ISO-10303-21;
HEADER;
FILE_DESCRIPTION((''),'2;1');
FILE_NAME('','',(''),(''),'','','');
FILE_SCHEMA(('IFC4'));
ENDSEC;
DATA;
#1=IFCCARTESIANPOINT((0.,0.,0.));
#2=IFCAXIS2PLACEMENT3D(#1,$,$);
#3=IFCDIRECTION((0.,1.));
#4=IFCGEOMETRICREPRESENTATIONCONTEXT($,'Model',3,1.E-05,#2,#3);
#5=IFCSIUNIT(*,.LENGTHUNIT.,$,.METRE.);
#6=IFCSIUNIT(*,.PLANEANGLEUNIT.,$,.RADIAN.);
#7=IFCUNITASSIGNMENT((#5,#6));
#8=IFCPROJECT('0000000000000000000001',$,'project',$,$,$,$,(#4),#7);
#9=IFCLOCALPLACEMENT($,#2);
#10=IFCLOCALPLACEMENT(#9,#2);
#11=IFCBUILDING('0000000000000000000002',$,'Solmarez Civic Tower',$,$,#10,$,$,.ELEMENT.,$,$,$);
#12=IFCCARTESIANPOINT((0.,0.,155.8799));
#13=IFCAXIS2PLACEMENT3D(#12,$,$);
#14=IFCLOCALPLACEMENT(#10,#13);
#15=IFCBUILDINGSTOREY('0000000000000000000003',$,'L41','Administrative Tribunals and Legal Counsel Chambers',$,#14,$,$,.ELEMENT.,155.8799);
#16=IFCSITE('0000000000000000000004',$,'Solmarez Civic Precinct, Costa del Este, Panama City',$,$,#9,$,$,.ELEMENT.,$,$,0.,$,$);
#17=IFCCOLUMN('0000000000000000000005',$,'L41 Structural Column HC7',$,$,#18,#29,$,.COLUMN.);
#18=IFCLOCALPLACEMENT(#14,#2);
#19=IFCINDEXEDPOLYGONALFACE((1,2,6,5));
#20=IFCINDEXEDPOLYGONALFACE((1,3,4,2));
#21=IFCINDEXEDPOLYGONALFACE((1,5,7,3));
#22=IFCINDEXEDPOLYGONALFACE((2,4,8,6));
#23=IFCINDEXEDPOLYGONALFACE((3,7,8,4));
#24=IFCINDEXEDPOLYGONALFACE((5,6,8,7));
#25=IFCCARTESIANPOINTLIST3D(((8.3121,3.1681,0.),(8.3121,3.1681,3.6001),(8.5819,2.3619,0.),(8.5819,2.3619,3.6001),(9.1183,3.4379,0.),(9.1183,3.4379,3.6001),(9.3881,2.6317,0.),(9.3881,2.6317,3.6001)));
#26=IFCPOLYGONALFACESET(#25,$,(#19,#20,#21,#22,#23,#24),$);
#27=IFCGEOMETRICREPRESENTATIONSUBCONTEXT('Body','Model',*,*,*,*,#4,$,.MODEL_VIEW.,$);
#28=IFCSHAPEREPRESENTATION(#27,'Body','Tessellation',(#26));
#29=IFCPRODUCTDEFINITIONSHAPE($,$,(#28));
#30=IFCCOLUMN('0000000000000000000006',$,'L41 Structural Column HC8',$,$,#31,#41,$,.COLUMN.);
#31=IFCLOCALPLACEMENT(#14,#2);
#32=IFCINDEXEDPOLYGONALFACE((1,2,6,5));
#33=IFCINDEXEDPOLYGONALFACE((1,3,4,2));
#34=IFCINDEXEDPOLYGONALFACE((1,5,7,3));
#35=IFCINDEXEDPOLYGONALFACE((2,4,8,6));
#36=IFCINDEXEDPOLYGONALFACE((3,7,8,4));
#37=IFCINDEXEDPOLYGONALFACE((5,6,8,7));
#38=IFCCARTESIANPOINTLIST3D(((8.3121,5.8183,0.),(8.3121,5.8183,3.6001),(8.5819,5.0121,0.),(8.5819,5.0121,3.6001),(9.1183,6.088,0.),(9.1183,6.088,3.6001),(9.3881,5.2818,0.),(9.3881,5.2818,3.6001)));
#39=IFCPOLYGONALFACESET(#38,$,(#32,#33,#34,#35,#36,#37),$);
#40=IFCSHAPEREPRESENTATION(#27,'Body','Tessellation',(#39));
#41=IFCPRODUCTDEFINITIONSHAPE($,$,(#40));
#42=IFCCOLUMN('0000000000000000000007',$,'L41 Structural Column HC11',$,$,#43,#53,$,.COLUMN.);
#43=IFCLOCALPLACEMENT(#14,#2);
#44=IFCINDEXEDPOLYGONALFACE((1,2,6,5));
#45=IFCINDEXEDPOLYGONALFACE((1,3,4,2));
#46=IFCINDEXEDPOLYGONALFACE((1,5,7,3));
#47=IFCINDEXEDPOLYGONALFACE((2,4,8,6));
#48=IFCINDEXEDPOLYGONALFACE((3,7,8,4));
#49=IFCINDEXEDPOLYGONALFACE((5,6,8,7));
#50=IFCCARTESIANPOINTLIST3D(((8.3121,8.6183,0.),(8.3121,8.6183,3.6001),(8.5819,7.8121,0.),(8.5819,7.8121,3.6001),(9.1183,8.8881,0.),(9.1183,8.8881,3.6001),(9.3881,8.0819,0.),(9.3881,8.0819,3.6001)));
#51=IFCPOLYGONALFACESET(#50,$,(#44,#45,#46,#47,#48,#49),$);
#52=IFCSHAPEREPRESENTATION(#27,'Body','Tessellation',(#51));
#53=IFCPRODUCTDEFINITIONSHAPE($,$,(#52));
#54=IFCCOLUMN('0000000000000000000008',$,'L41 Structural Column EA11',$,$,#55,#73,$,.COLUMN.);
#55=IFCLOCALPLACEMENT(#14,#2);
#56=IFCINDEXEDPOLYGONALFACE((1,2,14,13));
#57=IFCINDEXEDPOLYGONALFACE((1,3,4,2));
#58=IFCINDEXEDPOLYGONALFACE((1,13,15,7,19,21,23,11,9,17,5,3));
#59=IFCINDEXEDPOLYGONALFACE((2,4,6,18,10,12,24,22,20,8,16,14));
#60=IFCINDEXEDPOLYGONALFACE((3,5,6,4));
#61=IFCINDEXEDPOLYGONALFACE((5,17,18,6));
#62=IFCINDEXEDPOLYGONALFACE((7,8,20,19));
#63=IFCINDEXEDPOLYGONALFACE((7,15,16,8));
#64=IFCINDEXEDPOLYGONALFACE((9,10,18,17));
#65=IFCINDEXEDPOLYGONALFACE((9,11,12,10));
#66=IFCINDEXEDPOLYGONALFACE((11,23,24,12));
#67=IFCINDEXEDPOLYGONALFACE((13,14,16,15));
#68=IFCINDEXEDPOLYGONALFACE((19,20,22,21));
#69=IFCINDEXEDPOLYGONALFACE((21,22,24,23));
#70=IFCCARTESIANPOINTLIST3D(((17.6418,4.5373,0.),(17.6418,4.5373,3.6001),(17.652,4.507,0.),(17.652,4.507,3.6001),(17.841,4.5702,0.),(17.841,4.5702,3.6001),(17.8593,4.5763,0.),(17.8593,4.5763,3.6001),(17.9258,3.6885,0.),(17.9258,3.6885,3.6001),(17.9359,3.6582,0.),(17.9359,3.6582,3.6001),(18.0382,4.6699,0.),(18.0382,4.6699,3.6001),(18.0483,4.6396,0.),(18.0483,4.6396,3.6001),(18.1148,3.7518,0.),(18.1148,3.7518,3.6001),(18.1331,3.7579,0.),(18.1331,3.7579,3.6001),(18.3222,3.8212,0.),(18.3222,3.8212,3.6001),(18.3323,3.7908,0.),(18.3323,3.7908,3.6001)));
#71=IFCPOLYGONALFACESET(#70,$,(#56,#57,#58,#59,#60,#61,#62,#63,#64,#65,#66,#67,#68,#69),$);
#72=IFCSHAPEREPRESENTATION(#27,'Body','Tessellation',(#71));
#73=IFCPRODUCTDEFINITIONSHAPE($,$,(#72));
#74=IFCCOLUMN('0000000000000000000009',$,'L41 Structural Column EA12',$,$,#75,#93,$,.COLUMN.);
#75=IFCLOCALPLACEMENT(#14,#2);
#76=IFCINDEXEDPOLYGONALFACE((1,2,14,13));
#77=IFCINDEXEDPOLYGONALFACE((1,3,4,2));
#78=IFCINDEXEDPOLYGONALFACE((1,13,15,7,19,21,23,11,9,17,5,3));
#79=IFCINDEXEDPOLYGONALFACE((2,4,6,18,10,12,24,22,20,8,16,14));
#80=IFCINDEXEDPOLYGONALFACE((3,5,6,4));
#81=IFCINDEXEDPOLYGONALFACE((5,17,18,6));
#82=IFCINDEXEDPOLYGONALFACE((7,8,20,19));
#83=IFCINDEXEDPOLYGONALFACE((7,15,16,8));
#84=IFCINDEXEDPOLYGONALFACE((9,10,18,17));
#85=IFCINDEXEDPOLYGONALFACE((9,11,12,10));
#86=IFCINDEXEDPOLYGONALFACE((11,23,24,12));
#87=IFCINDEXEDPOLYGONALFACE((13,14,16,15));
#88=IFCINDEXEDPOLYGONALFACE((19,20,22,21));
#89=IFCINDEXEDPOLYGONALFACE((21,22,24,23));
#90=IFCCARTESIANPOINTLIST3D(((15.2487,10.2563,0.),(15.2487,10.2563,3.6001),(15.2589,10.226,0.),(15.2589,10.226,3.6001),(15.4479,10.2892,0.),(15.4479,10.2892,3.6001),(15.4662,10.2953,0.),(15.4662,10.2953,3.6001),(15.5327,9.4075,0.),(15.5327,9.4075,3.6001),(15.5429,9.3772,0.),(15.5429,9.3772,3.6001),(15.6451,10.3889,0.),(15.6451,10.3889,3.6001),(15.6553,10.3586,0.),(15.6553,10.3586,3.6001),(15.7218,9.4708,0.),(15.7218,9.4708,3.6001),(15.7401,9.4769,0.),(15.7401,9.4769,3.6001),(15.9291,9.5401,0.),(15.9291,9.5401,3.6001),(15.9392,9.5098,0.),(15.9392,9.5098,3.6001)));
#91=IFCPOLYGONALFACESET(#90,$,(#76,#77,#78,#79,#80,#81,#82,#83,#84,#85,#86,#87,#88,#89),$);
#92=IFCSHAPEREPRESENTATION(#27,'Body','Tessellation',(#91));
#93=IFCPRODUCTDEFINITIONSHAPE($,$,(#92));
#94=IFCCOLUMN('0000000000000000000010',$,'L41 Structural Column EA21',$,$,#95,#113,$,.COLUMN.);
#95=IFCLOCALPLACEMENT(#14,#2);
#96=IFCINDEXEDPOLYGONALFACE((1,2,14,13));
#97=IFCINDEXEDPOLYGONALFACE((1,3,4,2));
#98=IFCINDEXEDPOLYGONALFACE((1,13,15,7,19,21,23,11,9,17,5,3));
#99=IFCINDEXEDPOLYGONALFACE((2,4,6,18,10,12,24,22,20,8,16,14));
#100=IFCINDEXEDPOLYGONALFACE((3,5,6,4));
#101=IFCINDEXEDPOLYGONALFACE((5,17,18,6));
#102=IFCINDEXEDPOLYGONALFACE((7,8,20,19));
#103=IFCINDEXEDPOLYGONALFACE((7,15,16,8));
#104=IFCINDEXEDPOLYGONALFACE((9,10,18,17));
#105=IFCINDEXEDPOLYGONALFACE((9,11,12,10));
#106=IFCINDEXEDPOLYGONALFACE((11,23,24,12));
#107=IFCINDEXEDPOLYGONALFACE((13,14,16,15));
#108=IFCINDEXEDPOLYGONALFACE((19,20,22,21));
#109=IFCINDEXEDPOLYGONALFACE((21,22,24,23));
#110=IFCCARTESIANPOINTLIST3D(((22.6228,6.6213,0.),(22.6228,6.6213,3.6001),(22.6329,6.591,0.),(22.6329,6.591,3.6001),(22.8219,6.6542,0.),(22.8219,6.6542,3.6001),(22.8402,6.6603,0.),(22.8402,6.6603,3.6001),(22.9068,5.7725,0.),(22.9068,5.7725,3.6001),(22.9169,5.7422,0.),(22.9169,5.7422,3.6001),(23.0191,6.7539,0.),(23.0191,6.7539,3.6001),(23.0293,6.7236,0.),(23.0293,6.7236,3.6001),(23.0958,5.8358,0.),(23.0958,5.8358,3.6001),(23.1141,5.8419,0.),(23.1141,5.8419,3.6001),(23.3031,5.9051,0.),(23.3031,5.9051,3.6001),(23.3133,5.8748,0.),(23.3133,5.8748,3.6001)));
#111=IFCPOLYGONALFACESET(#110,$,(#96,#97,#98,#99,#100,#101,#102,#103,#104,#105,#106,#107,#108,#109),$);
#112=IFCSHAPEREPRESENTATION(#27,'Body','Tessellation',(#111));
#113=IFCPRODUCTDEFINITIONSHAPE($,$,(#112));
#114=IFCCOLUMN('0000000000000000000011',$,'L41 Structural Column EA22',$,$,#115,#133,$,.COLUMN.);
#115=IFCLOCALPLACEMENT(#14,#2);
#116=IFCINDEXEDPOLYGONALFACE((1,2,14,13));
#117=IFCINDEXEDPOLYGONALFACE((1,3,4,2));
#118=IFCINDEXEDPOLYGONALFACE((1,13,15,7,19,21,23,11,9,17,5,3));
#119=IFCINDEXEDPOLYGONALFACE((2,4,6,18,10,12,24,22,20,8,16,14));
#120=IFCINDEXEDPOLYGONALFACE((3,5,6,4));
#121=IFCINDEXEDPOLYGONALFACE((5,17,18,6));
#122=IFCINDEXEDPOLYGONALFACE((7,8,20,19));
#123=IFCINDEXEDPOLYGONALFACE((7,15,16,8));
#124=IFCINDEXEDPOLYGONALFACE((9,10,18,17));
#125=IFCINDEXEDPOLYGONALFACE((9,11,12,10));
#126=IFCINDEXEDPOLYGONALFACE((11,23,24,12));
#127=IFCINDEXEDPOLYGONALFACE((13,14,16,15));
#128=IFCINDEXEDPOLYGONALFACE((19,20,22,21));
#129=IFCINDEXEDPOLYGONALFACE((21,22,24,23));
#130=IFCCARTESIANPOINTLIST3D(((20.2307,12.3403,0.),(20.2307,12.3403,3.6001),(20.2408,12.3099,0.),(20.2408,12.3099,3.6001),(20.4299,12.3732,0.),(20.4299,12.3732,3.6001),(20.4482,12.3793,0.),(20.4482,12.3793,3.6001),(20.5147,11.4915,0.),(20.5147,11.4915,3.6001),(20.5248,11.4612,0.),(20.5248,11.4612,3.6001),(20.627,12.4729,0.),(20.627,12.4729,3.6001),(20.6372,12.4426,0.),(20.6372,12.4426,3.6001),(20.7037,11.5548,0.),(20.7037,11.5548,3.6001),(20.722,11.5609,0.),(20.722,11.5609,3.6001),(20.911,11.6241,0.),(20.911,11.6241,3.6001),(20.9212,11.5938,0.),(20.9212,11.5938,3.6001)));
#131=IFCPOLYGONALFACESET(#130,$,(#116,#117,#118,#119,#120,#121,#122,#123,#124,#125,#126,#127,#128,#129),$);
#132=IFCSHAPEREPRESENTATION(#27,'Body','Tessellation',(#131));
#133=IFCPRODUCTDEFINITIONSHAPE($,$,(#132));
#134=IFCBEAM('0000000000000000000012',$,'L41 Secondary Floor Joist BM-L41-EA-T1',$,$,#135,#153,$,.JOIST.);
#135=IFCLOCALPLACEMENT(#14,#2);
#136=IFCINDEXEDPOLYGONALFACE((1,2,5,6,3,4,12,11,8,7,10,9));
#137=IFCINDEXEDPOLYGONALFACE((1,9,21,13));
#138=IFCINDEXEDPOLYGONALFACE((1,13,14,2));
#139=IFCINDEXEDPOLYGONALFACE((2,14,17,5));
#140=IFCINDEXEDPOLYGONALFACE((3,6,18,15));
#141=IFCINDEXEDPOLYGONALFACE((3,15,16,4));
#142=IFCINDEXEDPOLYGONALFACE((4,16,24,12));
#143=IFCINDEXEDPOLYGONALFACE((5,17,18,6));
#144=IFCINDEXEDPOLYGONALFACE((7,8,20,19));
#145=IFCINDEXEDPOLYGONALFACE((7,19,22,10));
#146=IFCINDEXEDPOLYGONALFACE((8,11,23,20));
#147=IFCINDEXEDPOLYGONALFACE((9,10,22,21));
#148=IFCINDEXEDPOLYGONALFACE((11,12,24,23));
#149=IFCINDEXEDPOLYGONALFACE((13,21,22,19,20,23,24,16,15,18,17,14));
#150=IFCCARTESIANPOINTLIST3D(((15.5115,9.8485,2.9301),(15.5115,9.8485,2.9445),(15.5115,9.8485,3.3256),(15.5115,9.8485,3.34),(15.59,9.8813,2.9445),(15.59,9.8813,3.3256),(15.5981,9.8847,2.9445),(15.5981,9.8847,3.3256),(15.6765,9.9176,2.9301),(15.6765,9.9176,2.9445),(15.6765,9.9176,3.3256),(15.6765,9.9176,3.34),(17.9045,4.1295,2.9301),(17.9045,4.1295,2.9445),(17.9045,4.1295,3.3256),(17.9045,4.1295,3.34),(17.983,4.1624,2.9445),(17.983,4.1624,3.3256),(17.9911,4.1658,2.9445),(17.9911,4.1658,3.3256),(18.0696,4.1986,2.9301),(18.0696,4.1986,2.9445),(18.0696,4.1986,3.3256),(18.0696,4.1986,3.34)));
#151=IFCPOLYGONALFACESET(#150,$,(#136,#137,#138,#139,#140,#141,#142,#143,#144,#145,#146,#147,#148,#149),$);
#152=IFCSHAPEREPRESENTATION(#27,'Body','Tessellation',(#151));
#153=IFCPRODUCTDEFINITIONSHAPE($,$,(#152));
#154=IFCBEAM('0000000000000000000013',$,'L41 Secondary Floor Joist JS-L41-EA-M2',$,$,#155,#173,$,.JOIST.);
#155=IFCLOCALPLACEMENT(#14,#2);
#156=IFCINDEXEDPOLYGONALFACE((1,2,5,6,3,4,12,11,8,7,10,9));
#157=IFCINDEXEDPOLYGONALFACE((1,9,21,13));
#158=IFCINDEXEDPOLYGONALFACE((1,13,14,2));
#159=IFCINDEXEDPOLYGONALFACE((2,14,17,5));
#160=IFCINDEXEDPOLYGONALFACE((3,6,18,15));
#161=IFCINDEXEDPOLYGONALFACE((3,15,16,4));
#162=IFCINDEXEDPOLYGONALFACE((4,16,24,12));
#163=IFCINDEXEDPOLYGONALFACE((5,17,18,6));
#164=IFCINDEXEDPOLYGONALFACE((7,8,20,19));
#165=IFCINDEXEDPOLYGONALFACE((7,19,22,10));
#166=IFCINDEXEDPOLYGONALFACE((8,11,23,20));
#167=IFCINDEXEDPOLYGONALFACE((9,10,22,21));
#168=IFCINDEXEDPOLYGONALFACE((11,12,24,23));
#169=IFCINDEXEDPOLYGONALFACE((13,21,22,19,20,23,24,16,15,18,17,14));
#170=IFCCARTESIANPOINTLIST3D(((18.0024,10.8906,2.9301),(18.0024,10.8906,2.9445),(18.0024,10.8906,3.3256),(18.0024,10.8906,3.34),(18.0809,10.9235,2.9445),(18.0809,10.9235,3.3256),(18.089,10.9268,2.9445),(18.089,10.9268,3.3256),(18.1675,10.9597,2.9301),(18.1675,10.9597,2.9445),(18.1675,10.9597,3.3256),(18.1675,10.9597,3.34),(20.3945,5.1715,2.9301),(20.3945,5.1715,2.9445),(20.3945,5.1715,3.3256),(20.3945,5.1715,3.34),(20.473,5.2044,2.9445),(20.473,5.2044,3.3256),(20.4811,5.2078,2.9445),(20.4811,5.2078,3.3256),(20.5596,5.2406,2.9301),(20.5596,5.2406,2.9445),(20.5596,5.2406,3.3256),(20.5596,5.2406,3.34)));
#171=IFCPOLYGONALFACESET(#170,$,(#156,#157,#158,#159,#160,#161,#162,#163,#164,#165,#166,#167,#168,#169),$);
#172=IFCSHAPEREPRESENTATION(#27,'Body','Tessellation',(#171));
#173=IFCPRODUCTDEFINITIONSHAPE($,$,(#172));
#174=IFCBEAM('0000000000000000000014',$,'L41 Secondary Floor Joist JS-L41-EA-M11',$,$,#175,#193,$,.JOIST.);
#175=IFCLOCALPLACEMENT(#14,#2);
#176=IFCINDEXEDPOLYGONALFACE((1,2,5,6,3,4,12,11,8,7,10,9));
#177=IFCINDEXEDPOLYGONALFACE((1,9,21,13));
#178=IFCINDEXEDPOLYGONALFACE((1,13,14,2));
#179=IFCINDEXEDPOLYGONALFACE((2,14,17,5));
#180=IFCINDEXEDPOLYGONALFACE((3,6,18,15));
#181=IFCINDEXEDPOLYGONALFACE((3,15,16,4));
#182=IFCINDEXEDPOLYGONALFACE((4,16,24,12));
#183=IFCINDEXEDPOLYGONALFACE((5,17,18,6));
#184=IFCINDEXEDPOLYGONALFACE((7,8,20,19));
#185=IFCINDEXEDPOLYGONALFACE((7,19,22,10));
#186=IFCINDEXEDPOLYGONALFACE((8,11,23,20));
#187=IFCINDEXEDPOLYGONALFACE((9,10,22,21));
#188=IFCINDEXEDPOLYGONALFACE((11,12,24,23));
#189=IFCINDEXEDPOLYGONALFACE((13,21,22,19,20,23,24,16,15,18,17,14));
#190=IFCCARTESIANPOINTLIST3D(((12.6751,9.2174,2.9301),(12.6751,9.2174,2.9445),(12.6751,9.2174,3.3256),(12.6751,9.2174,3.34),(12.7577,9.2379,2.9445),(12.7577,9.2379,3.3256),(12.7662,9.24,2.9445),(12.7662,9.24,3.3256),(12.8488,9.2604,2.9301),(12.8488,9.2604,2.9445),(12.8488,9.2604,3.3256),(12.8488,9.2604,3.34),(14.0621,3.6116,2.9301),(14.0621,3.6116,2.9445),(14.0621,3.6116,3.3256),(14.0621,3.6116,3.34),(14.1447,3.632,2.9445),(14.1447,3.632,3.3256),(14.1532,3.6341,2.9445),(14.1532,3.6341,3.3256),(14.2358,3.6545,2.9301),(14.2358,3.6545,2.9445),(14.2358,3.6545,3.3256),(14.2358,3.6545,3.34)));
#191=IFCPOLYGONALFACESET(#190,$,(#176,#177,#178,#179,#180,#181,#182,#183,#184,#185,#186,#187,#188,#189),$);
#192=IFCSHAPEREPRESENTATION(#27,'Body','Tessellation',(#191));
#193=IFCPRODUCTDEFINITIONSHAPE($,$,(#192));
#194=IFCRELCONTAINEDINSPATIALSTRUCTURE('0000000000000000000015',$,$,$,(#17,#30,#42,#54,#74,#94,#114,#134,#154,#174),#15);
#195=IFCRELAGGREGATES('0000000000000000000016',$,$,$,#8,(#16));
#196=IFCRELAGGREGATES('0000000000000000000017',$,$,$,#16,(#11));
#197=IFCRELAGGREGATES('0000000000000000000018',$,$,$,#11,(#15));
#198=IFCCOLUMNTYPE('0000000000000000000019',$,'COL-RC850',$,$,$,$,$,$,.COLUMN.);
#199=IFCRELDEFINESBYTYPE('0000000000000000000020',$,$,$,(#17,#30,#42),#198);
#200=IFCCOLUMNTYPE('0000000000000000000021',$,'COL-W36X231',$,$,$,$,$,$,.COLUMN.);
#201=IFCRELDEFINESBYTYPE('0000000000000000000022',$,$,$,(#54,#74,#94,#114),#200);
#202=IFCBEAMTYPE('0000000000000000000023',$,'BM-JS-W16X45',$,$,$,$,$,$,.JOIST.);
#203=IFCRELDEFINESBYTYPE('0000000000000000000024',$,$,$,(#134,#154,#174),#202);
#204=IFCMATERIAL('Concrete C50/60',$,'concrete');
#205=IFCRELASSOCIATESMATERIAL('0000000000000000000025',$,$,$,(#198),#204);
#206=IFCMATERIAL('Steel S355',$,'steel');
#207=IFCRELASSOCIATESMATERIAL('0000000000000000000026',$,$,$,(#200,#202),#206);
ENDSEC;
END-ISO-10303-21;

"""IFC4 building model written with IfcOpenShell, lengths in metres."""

from ifc_helpers import new_model, si_unit, direction, frame, origin, origin_2d, place, context, subcontext, project, spatial, rectangle, i_section, extrude, material, material_profile, profile_set, type_object, element, save


model = new_model("IFC4")

# Units and contexts
model_context = context("Model", 3, precision=1e-05, world=origin(), true_north=direction((0.0, 1.0)))
body_context = subcontext(model_context, "Body", "Model", "MODEL_VIEW")
ifc_project = project(units=[si_unit("LENGTHUNIT", "METRE"), si_unit("PLANEANGLEUNIT", "RADIAN")], contexts=[model_context])

# Site, building, storey
site_placement = place(None, origin())
site = spatial("IfcSite", under=ifc_project, at=site_placement, Name="Solmarez Civic Precinct, Costa del Este, Panama City", CompositionType="ELEMENT", RefElevation=0.0)
building_placement = place(site_placement, origin())
building = spatial("IfcBuilding", under=site, at=building_placement, Name="Solmarez Civic Tower", CompositionType="ELEMENT")
storey_placement = place(building_placement, frame((0.0, 0.0, 155.8799)))
storey = spatial("IfcBuildingStorey", under=building, at=storey_placement, Name="L41", Description="Administrative Tribunals and Legal Counsel Chambers", CompositionType="ELEMENT", Elevation=155.8799)

# Columns
ifc_material_1 = material(Name="Concrete C50/60", Category="concrete")
ifc_material_profile_1 = material_profile(ifc_material_1, rectangle(XDim=0.8501, YDim=0.8501, at=origin_2d()), Name="RC850X850")
ifc_profile_set_1 = profile_set([ifc_material_profile_1], Name="Concrete C50/60")
column_type_1 = type_object("IfcColumnType", Name="COL-RC850", PredefinedType="COLUMN", material=ifc_profile_set_1)
for number, where, z_axis, x_axis, name in (
    (1, (8.8501, 2.8999, 0.0), (0.0, 0.0, 1.0), (0.948324, 0.317305, 0.0), "L41 Structural Column HC7"),
    (2, (8.8501, 5.55, 0.0), (0.0, 0.0, 1.0), (0.948324, 0.317305, 0.0), "L41 Structural Column HC8"),
    (3, (8.8501, 8.3501, 0.0), (0.0, 0.0, 1.0), (0.948324, 0.317305, 0.0), "L41 Structural Column HC11"),
):
    element("IfcColumn", number, at=place(storey_placement, frame(where, z_axis=z_axis, x_axis=x_axis)), inside=storey, type_object=column_type_1, Name=name, PredefinedType="COLUMN", context=body_context, shape_type="SweptSolid", body=[
        extrude(rectangle(XDim=0.8501, YDim=0.8501, at=origin_2d()), origin(), (0.0, 0.0, 1.0), 3.6001),
    ])
ifc_material_2 = material(Name="Steel S355", Category="steel")
ifc_material_profile_2 = material_profile(ifc_material_2, i_section(OverallWidth=0.418, OverallDepth=0.927, WebThickness=0.0193, FlangeThickness=0.032, at=origin_2d()), Name="W36X231")
ifc_profile_set_2 = profile_set([ifc_material_profile_2], Name="Steel S355")
column_type_2 = type_object("IfcColumnType", Name="COL-W36X231", PredefinedType="COLUMN", material=ifc_profile_set_2)
for number, where, z_axis, x_axis, name in (
    (4, (17.9871, 4.1641, 0.0), (0.0, 0.0, 1.0), (0.948324, 0.317305, 0.0), "L41 Structural Column EA11"),
    (5, (15.594, 9.8831, 0.0), (0.0, 0.0, 1.0), (0.948324, 0.317305, 0.0), "L41 Structural Column EA12"),
    (6, (22.968, 6.248, 0.0), (0.0, 0.0, 1.0), (0.948324, 0.317305, 0.0), "L41 Structural Column EA21"),
    (7, (20.5759, 11.967, 0.0), (0.0, 0.0, 1.0), (0.948324, 0.317305, 0.0), "L41 Structural Column EA22"),
):
    element("IfcColumn", number, at=place(storey_placement, frame(where, z_axis=z_axis, x_axis=x_axis)), inside=storey, type_object=column_type_2, Name=name, PredefinedType="COLUMN", context=body_context, shape_type="SweptSolid", body=[
        extrude(i_section(OverallWidth=0.418, OverallDepth=0.927, WebThickness=0.0193, FlangeThickness=0.032, at=origin_2d()), origin(), (0.0, 0.0, 1.0), 3.6001),
    ])

# Beams
ifc_material_profile_3 = material_profile(ifc_material_2, i_section(OverallWidth=0.179, OverallDepth=0.4099, WebThickness=0.0088, FlangeThickness=0.0144, at=origin_2d()), Name="W16X45")
ifc_profile_set_3 = profile_set([ifc_material_profile_3], Name="Steel S355")
beam_type_1 = type_object("IfcBeamType", Name="BM-JS-W16X45", PredefinedType="JOIST", material=ifc_profile_set_3)
beam_1_placement = place(storey_placement, frame((17.9871, 4.1641, 3.135), z_axis=(-0.38601, 0.922494, 0.0), x_axis=(-0.922494, -0.38601, 0.0)))
element("IfcBeam", 8, at=beam_1_placement, inside=storey, type_object=beam_type_1, Name="L41 Secondary Floor Joist BM-L41-EA-T1", PredefinedType="JOIST", context=body_context, shape_type="SweptSolid", body=[
    extrude(i_section(OverallWidth=0.179, OverallDepth=0.4099, WebThickness=0.0088, FlangeThickness=0.0144, at=origin_2d()), origin(), (0.0, 0.0, 1.0), 6.1995),
])
beam_2_placement = place(storey_placement, frame((20.4771, 5.2061, 3.135), z_axis=(-0.385876, 0.922551, 0.0), x_axis=(-0.922551, -0.385876, 0.0)))
element("IfcBeam", 9, at=beam_2_placement, inside=storey, type_object=beam_type_1, Name="L41 Secondary Floor Joist JS-L41-EA-M2", PredefinedType="JOIST", context=body_context, shape_type="SweptSolid", body=[
    extrude(i_section(OverallWidth=0.179, OverallDepth=0.4099, WebThickness=0.0088, FlangeThickness=0.0144, at=origin_2d()), origin(), (0.0, 0.0, 1.0), 6.1992),
])
beam_3_placement = place(storey_placement, frame((14.1489, 3.6331, 3.135), z_axis=(-0.240167, 0.970731, 0.0), x_axis=(-0.970731, -0.240167, 0.0)))
element("IfcBeam", 10, at=beam_3_placement, inside=storey, type_object=beam_type_1, Name="L41 Secondary Floor Joist JS-L41-EA-M11", PredefinedType="JOIST", context=body_context, shape_type="SweptSolid", body=[
    extrude(i_section(OverallWidth=0.179, OverallDepth=0.4099, WebThickness=0.0088, FlangeThickness=0.0144, at=origin_2d()), origin(), (0.0, 0.0, 1.0), 5.7749),
])

save(model, "model.ifc")
